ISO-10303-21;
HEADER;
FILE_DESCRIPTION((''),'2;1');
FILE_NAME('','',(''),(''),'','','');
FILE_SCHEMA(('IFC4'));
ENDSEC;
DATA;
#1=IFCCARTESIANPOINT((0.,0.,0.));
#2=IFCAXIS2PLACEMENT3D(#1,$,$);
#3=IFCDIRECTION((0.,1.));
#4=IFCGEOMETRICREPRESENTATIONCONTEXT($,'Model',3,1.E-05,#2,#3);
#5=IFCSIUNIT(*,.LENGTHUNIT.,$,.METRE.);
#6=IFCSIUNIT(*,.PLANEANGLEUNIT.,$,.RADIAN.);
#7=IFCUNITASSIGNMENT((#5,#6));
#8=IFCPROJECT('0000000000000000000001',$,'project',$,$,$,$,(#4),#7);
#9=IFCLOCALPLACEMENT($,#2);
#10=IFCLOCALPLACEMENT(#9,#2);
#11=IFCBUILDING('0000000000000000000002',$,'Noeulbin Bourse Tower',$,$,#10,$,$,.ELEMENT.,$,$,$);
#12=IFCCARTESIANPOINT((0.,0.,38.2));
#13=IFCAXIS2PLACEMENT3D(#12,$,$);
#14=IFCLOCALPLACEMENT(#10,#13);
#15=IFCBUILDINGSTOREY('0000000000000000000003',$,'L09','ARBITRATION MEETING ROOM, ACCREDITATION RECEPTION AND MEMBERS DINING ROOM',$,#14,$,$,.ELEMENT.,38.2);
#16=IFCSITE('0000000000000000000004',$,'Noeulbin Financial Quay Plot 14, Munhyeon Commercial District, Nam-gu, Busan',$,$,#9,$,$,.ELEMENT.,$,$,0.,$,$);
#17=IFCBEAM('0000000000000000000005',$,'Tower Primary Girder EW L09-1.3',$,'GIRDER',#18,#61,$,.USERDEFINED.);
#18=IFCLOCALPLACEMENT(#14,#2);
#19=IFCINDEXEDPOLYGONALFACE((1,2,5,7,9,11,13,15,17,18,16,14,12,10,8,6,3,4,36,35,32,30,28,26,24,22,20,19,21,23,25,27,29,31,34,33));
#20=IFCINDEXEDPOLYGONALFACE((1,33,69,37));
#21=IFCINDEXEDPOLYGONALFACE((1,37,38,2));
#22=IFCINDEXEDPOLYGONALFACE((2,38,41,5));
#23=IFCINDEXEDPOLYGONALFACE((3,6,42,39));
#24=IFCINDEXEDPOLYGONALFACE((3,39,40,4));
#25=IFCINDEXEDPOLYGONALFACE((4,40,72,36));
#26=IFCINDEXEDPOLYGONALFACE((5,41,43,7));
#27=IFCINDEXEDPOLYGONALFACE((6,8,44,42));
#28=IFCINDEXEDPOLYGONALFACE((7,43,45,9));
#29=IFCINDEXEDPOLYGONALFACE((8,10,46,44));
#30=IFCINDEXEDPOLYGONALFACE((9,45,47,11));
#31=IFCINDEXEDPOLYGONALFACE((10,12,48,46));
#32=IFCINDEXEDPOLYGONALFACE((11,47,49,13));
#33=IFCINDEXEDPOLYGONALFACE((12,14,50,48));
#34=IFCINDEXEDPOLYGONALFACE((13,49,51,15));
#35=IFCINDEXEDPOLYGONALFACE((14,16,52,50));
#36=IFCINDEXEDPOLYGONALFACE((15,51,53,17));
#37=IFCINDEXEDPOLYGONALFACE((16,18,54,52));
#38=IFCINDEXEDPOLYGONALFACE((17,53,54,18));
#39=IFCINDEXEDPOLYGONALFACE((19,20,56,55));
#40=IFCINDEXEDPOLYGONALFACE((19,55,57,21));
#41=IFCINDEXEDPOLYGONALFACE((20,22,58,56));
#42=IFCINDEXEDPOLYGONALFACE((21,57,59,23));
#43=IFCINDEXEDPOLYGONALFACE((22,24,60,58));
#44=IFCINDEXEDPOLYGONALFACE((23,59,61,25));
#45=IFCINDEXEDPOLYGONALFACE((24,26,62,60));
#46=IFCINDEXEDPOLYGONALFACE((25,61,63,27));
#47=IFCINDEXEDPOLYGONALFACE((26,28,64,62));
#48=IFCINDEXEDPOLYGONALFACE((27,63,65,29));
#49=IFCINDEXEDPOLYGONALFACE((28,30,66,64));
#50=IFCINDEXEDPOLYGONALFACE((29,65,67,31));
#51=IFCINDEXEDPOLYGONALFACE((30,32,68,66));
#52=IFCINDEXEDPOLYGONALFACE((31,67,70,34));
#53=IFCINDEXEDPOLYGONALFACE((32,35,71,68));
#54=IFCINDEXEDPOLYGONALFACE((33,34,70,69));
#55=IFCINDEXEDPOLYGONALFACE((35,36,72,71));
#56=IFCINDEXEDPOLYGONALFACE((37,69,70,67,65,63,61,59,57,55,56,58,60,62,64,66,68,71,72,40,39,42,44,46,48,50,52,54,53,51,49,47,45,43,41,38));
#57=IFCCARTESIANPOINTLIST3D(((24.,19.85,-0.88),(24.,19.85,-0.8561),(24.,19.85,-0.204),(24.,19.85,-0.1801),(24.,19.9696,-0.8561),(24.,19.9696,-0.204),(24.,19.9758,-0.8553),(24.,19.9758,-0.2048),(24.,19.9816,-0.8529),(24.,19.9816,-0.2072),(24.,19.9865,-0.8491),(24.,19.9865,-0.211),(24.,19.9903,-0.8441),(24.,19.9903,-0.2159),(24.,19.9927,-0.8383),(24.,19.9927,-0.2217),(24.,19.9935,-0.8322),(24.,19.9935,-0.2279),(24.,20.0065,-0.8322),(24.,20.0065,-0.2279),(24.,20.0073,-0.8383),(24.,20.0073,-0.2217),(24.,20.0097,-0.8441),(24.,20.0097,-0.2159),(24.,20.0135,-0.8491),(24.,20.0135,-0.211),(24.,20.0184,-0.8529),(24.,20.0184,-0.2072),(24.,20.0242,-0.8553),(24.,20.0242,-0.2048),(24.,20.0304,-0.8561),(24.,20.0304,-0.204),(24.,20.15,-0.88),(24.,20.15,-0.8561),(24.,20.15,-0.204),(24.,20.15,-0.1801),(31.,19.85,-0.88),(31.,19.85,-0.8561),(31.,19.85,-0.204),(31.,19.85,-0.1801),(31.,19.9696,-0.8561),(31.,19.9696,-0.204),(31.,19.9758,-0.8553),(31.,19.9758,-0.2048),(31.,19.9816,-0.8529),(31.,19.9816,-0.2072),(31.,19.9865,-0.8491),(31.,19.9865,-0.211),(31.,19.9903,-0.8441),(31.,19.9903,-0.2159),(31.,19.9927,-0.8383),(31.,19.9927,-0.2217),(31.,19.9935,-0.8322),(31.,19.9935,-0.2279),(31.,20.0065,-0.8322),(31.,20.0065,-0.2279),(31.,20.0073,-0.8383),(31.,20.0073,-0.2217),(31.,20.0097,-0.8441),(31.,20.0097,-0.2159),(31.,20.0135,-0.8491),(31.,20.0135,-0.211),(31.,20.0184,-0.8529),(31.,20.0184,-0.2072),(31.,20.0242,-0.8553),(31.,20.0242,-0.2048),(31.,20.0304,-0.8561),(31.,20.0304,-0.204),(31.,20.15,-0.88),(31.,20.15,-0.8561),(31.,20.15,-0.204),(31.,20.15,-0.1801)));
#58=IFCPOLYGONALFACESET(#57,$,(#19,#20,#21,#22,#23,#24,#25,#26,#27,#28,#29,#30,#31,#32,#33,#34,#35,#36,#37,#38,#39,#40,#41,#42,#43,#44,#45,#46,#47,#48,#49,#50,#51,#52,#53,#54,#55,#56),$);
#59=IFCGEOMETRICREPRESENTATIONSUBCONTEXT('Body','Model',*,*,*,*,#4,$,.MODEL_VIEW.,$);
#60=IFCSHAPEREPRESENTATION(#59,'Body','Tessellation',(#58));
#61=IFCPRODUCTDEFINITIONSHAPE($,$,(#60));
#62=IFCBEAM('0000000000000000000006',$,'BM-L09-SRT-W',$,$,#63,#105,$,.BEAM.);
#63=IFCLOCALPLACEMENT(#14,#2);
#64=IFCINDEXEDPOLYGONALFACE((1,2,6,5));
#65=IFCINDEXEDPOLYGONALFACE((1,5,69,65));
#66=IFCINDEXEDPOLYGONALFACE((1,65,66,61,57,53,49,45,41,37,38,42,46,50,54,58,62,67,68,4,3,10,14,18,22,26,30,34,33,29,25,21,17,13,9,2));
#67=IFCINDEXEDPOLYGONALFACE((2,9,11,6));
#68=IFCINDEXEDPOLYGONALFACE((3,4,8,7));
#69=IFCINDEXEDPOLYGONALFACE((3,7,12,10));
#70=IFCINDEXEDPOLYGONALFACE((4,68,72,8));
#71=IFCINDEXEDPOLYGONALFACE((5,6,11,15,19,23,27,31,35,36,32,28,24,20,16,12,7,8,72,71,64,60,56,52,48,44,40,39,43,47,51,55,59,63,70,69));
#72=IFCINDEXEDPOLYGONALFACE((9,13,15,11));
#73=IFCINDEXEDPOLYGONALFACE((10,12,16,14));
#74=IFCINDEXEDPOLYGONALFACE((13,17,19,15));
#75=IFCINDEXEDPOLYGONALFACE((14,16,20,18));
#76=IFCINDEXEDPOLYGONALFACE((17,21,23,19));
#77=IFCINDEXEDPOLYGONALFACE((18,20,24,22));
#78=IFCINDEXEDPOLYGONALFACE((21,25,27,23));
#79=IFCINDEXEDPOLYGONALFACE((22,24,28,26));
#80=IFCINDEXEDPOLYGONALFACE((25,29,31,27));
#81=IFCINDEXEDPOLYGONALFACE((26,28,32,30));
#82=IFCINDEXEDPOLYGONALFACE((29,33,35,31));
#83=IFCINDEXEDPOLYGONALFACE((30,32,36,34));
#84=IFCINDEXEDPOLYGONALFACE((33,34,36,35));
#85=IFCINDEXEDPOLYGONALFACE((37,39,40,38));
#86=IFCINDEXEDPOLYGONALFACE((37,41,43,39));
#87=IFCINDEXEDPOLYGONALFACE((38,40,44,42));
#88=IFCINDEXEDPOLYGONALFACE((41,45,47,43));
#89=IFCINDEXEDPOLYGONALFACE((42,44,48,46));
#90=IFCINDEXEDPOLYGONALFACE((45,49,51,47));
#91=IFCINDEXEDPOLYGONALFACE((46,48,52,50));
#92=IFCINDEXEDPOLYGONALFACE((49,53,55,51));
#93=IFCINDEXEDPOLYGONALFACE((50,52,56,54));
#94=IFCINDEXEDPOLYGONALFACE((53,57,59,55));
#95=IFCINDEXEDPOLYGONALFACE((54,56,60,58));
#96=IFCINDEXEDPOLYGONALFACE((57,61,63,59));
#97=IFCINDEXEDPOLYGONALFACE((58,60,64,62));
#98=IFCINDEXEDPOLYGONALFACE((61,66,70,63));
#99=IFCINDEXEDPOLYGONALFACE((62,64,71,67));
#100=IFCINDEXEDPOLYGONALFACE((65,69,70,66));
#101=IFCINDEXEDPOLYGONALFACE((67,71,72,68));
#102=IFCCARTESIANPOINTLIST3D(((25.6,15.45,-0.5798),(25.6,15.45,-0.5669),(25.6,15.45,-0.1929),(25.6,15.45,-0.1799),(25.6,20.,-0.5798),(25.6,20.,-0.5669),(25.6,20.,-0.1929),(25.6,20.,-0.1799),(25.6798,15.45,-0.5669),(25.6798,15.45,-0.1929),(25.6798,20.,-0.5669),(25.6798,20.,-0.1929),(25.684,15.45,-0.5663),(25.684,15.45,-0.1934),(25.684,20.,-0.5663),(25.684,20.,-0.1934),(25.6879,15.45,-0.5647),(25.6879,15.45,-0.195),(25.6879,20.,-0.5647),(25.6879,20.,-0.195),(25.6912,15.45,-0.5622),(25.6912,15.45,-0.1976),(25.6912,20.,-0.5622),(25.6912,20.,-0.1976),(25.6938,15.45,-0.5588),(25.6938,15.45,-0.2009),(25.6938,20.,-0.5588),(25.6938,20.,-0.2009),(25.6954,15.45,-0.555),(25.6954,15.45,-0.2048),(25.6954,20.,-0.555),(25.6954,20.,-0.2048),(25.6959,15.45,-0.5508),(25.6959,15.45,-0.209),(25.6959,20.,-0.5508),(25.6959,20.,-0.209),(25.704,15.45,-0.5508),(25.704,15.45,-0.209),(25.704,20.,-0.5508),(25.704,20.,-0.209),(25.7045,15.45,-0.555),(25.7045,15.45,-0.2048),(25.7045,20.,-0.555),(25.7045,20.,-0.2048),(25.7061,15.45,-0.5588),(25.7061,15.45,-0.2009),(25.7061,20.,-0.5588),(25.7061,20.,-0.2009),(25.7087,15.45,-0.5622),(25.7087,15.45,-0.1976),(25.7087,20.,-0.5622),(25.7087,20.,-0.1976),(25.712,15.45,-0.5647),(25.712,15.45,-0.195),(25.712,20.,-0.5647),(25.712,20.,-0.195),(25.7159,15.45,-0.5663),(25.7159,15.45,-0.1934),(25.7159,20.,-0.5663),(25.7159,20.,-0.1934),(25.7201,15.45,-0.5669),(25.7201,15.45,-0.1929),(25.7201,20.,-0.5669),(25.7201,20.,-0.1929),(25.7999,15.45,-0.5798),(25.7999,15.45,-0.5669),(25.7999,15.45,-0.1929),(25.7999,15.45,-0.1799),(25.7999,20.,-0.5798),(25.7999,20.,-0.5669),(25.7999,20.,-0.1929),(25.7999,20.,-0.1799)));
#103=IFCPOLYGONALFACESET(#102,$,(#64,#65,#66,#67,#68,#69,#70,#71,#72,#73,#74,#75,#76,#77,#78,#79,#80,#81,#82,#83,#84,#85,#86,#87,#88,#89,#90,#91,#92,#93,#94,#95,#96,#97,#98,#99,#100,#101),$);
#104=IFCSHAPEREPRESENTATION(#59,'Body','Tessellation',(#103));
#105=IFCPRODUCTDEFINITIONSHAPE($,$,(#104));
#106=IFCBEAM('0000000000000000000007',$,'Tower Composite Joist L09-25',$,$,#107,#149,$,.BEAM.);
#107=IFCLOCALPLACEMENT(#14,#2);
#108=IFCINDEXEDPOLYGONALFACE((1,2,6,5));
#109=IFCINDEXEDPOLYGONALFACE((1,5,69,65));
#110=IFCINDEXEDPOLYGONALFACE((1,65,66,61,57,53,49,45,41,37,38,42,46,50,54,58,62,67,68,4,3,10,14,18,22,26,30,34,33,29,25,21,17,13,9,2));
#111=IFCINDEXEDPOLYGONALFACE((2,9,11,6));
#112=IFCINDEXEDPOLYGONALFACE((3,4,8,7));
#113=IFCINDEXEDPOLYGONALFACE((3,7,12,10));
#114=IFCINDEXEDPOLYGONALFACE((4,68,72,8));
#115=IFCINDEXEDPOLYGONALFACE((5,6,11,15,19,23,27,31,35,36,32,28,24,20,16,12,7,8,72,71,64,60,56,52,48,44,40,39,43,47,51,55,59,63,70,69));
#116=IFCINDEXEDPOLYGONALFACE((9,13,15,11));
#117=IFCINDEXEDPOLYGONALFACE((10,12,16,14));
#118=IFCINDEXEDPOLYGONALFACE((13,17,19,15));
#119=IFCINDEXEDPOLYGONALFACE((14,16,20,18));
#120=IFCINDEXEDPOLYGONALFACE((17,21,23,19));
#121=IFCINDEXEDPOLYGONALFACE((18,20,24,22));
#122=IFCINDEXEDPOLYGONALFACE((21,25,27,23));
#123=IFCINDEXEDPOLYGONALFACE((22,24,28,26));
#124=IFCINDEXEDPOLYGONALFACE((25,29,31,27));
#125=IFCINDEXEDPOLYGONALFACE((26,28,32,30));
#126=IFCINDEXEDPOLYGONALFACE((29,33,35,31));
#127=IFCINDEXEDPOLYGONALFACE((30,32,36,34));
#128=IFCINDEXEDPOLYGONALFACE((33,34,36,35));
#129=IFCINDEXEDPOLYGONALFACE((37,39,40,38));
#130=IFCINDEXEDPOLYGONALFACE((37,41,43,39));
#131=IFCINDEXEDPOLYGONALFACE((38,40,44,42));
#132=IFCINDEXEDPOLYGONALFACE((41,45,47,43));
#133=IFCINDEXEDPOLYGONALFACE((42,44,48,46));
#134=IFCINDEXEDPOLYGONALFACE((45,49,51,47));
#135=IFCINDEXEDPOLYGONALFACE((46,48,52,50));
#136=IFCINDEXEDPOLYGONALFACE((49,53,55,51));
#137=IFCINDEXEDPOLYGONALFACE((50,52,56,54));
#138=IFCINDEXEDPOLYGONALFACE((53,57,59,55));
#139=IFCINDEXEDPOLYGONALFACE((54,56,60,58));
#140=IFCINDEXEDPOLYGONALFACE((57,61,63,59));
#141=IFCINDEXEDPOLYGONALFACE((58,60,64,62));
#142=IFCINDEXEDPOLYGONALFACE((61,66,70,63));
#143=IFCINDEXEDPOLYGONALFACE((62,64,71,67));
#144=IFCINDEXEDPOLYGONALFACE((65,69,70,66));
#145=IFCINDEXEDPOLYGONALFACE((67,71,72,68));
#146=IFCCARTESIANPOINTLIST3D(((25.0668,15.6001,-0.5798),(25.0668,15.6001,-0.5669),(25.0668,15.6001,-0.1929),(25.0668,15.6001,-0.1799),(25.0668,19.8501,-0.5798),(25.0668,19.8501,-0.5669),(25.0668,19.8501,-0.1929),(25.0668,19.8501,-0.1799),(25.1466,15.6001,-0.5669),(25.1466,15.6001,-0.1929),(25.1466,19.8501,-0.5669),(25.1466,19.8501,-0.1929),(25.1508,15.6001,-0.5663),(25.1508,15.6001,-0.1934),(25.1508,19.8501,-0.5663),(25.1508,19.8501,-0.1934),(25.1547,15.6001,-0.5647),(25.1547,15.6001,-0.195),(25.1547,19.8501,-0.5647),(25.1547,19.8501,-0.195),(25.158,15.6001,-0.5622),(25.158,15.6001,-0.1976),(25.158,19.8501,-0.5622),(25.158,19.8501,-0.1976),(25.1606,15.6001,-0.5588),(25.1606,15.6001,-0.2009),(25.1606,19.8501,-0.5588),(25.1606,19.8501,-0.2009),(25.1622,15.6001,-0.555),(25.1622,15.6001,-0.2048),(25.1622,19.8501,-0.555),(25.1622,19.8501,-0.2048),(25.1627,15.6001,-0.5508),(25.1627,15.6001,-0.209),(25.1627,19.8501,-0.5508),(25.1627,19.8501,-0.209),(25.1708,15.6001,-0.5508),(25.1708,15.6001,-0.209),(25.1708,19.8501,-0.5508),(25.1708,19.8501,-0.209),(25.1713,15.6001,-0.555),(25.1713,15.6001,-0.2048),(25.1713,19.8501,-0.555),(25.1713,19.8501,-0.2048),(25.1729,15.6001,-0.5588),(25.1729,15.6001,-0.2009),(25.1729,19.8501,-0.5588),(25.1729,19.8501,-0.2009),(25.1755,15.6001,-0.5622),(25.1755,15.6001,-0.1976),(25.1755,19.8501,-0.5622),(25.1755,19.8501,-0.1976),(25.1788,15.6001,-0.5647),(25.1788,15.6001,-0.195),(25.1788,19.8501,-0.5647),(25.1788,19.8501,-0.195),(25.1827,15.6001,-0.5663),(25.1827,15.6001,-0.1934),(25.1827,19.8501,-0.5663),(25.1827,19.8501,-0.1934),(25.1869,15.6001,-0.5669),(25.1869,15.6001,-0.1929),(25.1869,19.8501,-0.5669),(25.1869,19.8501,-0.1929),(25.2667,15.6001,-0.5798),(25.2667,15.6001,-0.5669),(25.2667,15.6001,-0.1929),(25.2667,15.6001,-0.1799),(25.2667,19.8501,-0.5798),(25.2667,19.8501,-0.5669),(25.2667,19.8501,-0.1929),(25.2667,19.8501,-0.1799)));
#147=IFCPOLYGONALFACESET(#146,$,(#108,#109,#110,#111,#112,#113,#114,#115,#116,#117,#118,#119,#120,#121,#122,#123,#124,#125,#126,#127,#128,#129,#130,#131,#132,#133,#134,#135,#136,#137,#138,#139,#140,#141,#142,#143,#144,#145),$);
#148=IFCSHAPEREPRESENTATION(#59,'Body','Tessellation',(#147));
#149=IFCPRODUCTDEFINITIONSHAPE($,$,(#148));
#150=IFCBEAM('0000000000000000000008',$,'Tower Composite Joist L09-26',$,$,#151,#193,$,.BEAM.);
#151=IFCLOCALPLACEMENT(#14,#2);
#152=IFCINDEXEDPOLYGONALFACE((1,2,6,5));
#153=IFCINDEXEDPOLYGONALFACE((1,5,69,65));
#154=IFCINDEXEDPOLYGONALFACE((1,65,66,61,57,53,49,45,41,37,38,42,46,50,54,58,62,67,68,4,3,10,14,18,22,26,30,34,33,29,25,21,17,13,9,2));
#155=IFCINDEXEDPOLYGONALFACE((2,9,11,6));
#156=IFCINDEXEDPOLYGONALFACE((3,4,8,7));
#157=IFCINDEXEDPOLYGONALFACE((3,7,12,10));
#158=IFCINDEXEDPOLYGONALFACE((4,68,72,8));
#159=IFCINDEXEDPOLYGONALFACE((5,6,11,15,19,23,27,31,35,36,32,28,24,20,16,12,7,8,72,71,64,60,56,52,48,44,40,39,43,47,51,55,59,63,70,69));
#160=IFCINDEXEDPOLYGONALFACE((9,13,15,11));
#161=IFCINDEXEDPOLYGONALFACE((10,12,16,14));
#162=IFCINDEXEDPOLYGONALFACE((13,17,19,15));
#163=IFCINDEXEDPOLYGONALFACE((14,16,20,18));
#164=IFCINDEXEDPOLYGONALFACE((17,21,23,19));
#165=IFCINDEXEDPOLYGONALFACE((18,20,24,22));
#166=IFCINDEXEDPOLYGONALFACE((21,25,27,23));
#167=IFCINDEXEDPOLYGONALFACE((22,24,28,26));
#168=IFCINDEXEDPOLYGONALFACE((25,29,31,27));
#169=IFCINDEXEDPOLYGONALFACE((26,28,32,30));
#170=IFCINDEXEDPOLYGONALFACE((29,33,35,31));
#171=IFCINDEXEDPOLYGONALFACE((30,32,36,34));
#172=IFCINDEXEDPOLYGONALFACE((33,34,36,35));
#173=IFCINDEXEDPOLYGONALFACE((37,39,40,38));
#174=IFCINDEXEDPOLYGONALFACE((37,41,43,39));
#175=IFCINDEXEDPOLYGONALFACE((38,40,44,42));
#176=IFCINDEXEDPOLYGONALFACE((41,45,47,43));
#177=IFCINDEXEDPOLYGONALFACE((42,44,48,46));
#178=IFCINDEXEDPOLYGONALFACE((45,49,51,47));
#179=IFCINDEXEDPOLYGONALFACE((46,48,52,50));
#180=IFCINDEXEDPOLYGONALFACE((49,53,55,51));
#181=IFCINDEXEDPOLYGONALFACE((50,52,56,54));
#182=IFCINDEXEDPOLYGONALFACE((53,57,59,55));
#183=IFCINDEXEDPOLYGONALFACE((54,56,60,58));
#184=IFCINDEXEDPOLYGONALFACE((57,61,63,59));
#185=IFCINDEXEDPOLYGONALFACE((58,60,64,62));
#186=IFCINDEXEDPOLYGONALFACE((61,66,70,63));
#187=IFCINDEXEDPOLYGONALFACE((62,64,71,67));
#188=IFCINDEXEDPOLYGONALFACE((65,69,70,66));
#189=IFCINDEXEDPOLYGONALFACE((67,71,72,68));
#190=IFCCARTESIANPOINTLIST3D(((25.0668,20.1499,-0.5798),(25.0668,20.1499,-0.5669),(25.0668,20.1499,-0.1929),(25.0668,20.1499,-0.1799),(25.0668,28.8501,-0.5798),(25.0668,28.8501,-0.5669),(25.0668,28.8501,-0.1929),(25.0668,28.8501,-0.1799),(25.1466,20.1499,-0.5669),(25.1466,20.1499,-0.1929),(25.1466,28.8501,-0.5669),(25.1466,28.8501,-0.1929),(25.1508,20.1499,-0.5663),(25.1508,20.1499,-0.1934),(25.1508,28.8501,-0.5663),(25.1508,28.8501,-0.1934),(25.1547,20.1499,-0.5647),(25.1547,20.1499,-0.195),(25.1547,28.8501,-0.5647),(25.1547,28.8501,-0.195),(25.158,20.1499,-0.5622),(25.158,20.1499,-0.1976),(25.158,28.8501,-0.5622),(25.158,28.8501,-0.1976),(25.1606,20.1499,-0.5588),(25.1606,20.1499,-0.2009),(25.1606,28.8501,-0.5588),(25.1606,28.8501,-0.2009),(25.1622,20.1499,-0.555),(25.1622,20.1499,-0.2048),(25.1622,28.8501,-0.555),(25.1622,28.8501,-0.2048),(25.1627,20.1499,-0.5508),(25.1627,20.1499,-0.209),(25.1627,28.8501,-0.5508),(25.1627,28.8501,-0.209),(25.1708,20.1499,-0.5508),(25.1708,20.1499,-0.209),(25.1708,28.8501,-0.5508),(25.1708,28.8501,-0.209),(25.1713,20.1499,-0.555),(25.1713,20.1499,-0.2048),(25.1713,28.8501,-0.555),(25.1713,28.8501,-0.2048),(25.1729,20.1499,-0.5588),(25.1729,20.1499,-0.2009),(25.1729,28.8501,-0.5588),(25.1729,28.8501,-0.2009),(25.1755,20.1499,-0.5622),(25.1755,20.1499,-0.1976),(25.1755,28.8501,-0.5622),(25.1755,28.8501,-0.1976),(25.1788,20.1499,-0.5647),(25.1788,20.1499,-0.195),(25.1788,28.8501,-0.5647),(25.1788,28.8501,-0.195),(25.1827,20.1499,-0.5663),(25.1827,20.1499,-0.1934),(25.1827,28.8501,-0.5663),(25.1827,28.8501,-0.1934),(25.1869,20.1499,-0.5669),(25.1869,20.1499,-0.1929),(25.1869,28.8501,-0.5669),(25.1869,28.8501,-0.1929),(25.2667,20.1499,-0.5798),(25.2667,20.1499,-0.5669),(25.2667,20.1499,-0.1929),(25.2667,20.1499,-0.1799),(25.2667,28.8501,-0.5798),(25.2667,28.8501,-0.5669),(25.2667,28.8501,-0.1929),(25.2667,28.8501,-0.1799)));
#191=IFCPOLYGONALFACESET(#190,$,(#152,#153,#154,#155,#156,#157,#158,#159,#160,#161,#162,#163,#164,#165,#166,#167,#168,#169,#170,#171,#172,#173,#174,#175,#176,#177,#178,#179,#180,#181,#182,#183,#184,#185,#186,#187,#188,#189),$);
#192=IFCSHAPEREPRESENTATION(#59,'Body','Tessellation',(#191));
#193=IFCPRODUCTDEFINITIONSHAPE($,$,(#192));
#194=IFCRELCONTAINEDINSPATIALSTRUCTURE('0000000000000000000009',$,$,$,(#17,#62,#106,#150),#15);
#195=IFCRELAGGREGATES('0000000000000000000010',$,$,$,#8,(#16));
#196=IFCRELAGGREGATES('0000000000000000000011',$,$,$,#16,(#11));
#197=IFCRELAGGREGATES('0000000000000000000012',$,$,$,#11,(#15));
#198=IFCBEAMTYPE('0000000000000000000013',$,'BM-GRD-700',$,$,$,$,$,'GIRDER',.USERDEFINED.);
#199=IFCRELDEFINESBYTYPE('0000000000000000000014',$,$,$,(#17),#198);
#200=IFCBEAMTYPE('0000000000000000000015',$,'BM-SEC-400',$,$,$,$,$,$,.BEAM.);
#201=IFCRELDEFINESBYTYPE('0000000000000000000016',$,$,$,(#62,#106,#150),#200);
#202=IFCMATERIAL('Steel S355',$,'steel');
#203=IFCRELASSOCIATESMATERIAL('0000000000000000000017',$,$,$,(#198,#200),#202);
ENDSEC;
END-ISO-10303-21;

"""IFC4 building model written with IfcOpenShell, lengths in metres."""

from ifc_helpers import new_model, si_unit, direction, frame, origin, origin_2d, place, context, subcontext, project, spatial, i_section, extrude, material, material_profile, profile_set, type_object, element, save


model = new_model("IFC4")

# Units and contexts
model_context = context("Model", 3, precision=1e-05, world=origin(), true_north=direction((0.0, 1.0)))
body_context = subcontext(model_context, "Body", "Model", "MODEL_VIEW")
ifc_project = project(units=[si_unit("LENGTHUNIT", "METRE"), si_unit("PLANEANGLEUNIT", "RADIAN")], contexts=[model_context])

# Site, building, storey
site_placement = place(None, origin())
site = spatial("IfcSite", under=ifc_project, at=site_placement, Name="Noeulbin Financial Quay Plot 14, Munhyeon Commercial District, Nam-gu, Busan", CompositionType="ELEMENT", RefElevation=0.0)
building_placement = place(site_placement, origin())
building = spatial("IfcBuilding", under=site, at=building_placement, Name="Noeulbin Bourse Tower", CompositionType="ELEMENT")
storey_placement = place(building_placement, frame((0.0, 0.0, 38.2)))
storey = spatial("IfcBuildingStorey", under=building, at=storey_placement, Name="L09", Description="ARBITRATION MEETING ROOM, ACCREDITATION RECEPTION AND MEMBERS DINING ROOM", CompositionType="ELEMENT", Elevation=38.2)

# Beams
ifc_material_1 = material(Name="Steel S355", Category="steel")
ifc_material_profile_1 = material_profile(ifc_material_1, i_section(OverallWidth=0.3, OverallDepth=0.7, WebThickness=0.0129, FlangeThickness=0.0239, FilletRadius=0.0239, at=origin_2d()), Name="H-700x300x13x24", Category="LoadBearing")
ifc_profile_set_1 = profile_set([ifc_material_profile_1], Name="Steel S355")
beam_type_1 = type_object("IfcBeamType", Name="BM-GRD-700", ElementType="GIRDER", PredefinedType="USERDEFINED", material=ifc_profile_set_1)
beam_1_placement = place(storey_placement, frame((24.0, 20.0, -0.53), z_axis=(1.0, 0.0, 0.0), x_axis=(0.0, 1.0, 0.0)))
element("IfcBeam", 1, at=beam_1_placement, inside=storey, type_object=beam_type_1, Name="Tower Primary Girder EW L09-1.3", ObjectType="GIRDER", PredefinedType="USERDEFINED", context=body_context, shape_type="SweptSolid", body=[
    extrude(i_section(OverallWidth=0.3, OverallDepth=0.7, WebThickness=0.0129, FlangeThickness=0.0239, FilletRadius=0.0239, at=origin_2d()), origin(), (0.0, 0.0, 1.0), 7.0),
])
ifc_material_profile_2 = material_profile(ifc_material_1, i_section(OverallWidth=0.2, OverallDepth=0.3999, WebThickness=0.0081, FlangeThickness=0.0129, FilletRadius=0.0161, at=origin_2d()), Name="H-400x200x8x13", Category="LoadBearing")
ifc_profile_set_2 = profile_set([ifc_material_profile_2], Name="Steel S355")
beam_type_2 = type_object("IfcBeamType", Name="BM-SEC-400", PredefinedType="BEAM", material=ifc_profile_set_2)
beam_2_placement = place(storey_placement, frame((25.7, 15.45, -0.3799), z_axis=(0.0, 1.0, 0.0), x_axis=(-1.0, 0.0, 0.0)))
element("IfcBeam", 2, at=beam_2_placement, inside=storey, type_object=beam_type_2, Name="BM-L09-SRT-W", PredefinedType="BEAM", context=body_context, shape_type="SweptSolid", body=[
    extrude(i_section(OverallWidth=0.2, OverallDepth=0.3999, WebThickness=0.0081, FlangeThickness=0.0129, FilletRadius=0.0161, at=origin_2d()), origin(), (0.0, 0.0, 1.0), 4.55),
])
beam_3_placement = place(storey_placement, frame((25.1667, 15.6001, -0.3799), z_axis=(0.0, 1.0, 0.0), x_axis=(-1.0, 0.0, 0.0)))
element("IfcBeam", 3, at=beam_3_placement, inside=storey, type_object=beam_type_2, Name="Tower Composite Joist L09-25", PredefinedType="BEAM", context=body_context, shape_type="SweptSolid", body=[
    extrude(i_section(OverallWidth=0.2, OverallDepth=0.3999, WebThickness=0.0081, FlangeThickness=0.0129, FilletRadius=0.0161, at=origin_2d()), origin(), (0.0, 0.0, 1.0), 4.25),
])
beam_4_placement = place(storey_placement, frame((25.1667, 20.1499, -0.3799), z_axis=(0.0, 1.0, 0.0), x_axis=(-1.0, 0.0, 0.0)))
element("IfcBeam", 4, at=beam_4_placement, inside=storey, type_object=beam_type_2, Name="Tower Composite Joist L09-26", PredefinedType="BEAM", context=body_context, shape_type="SweptSolid", body=[
    extrude(i_section(OverallWidth=0.2, OverallDepth=0.3999, WebThickness=0.0081, FlangeThickness=0.0129, FilletRadius=0.0161, at=origin_2d()), origin(), (0.0, 0.0, 1.0), 8.7002),
])

save(model, "model.ifc")
